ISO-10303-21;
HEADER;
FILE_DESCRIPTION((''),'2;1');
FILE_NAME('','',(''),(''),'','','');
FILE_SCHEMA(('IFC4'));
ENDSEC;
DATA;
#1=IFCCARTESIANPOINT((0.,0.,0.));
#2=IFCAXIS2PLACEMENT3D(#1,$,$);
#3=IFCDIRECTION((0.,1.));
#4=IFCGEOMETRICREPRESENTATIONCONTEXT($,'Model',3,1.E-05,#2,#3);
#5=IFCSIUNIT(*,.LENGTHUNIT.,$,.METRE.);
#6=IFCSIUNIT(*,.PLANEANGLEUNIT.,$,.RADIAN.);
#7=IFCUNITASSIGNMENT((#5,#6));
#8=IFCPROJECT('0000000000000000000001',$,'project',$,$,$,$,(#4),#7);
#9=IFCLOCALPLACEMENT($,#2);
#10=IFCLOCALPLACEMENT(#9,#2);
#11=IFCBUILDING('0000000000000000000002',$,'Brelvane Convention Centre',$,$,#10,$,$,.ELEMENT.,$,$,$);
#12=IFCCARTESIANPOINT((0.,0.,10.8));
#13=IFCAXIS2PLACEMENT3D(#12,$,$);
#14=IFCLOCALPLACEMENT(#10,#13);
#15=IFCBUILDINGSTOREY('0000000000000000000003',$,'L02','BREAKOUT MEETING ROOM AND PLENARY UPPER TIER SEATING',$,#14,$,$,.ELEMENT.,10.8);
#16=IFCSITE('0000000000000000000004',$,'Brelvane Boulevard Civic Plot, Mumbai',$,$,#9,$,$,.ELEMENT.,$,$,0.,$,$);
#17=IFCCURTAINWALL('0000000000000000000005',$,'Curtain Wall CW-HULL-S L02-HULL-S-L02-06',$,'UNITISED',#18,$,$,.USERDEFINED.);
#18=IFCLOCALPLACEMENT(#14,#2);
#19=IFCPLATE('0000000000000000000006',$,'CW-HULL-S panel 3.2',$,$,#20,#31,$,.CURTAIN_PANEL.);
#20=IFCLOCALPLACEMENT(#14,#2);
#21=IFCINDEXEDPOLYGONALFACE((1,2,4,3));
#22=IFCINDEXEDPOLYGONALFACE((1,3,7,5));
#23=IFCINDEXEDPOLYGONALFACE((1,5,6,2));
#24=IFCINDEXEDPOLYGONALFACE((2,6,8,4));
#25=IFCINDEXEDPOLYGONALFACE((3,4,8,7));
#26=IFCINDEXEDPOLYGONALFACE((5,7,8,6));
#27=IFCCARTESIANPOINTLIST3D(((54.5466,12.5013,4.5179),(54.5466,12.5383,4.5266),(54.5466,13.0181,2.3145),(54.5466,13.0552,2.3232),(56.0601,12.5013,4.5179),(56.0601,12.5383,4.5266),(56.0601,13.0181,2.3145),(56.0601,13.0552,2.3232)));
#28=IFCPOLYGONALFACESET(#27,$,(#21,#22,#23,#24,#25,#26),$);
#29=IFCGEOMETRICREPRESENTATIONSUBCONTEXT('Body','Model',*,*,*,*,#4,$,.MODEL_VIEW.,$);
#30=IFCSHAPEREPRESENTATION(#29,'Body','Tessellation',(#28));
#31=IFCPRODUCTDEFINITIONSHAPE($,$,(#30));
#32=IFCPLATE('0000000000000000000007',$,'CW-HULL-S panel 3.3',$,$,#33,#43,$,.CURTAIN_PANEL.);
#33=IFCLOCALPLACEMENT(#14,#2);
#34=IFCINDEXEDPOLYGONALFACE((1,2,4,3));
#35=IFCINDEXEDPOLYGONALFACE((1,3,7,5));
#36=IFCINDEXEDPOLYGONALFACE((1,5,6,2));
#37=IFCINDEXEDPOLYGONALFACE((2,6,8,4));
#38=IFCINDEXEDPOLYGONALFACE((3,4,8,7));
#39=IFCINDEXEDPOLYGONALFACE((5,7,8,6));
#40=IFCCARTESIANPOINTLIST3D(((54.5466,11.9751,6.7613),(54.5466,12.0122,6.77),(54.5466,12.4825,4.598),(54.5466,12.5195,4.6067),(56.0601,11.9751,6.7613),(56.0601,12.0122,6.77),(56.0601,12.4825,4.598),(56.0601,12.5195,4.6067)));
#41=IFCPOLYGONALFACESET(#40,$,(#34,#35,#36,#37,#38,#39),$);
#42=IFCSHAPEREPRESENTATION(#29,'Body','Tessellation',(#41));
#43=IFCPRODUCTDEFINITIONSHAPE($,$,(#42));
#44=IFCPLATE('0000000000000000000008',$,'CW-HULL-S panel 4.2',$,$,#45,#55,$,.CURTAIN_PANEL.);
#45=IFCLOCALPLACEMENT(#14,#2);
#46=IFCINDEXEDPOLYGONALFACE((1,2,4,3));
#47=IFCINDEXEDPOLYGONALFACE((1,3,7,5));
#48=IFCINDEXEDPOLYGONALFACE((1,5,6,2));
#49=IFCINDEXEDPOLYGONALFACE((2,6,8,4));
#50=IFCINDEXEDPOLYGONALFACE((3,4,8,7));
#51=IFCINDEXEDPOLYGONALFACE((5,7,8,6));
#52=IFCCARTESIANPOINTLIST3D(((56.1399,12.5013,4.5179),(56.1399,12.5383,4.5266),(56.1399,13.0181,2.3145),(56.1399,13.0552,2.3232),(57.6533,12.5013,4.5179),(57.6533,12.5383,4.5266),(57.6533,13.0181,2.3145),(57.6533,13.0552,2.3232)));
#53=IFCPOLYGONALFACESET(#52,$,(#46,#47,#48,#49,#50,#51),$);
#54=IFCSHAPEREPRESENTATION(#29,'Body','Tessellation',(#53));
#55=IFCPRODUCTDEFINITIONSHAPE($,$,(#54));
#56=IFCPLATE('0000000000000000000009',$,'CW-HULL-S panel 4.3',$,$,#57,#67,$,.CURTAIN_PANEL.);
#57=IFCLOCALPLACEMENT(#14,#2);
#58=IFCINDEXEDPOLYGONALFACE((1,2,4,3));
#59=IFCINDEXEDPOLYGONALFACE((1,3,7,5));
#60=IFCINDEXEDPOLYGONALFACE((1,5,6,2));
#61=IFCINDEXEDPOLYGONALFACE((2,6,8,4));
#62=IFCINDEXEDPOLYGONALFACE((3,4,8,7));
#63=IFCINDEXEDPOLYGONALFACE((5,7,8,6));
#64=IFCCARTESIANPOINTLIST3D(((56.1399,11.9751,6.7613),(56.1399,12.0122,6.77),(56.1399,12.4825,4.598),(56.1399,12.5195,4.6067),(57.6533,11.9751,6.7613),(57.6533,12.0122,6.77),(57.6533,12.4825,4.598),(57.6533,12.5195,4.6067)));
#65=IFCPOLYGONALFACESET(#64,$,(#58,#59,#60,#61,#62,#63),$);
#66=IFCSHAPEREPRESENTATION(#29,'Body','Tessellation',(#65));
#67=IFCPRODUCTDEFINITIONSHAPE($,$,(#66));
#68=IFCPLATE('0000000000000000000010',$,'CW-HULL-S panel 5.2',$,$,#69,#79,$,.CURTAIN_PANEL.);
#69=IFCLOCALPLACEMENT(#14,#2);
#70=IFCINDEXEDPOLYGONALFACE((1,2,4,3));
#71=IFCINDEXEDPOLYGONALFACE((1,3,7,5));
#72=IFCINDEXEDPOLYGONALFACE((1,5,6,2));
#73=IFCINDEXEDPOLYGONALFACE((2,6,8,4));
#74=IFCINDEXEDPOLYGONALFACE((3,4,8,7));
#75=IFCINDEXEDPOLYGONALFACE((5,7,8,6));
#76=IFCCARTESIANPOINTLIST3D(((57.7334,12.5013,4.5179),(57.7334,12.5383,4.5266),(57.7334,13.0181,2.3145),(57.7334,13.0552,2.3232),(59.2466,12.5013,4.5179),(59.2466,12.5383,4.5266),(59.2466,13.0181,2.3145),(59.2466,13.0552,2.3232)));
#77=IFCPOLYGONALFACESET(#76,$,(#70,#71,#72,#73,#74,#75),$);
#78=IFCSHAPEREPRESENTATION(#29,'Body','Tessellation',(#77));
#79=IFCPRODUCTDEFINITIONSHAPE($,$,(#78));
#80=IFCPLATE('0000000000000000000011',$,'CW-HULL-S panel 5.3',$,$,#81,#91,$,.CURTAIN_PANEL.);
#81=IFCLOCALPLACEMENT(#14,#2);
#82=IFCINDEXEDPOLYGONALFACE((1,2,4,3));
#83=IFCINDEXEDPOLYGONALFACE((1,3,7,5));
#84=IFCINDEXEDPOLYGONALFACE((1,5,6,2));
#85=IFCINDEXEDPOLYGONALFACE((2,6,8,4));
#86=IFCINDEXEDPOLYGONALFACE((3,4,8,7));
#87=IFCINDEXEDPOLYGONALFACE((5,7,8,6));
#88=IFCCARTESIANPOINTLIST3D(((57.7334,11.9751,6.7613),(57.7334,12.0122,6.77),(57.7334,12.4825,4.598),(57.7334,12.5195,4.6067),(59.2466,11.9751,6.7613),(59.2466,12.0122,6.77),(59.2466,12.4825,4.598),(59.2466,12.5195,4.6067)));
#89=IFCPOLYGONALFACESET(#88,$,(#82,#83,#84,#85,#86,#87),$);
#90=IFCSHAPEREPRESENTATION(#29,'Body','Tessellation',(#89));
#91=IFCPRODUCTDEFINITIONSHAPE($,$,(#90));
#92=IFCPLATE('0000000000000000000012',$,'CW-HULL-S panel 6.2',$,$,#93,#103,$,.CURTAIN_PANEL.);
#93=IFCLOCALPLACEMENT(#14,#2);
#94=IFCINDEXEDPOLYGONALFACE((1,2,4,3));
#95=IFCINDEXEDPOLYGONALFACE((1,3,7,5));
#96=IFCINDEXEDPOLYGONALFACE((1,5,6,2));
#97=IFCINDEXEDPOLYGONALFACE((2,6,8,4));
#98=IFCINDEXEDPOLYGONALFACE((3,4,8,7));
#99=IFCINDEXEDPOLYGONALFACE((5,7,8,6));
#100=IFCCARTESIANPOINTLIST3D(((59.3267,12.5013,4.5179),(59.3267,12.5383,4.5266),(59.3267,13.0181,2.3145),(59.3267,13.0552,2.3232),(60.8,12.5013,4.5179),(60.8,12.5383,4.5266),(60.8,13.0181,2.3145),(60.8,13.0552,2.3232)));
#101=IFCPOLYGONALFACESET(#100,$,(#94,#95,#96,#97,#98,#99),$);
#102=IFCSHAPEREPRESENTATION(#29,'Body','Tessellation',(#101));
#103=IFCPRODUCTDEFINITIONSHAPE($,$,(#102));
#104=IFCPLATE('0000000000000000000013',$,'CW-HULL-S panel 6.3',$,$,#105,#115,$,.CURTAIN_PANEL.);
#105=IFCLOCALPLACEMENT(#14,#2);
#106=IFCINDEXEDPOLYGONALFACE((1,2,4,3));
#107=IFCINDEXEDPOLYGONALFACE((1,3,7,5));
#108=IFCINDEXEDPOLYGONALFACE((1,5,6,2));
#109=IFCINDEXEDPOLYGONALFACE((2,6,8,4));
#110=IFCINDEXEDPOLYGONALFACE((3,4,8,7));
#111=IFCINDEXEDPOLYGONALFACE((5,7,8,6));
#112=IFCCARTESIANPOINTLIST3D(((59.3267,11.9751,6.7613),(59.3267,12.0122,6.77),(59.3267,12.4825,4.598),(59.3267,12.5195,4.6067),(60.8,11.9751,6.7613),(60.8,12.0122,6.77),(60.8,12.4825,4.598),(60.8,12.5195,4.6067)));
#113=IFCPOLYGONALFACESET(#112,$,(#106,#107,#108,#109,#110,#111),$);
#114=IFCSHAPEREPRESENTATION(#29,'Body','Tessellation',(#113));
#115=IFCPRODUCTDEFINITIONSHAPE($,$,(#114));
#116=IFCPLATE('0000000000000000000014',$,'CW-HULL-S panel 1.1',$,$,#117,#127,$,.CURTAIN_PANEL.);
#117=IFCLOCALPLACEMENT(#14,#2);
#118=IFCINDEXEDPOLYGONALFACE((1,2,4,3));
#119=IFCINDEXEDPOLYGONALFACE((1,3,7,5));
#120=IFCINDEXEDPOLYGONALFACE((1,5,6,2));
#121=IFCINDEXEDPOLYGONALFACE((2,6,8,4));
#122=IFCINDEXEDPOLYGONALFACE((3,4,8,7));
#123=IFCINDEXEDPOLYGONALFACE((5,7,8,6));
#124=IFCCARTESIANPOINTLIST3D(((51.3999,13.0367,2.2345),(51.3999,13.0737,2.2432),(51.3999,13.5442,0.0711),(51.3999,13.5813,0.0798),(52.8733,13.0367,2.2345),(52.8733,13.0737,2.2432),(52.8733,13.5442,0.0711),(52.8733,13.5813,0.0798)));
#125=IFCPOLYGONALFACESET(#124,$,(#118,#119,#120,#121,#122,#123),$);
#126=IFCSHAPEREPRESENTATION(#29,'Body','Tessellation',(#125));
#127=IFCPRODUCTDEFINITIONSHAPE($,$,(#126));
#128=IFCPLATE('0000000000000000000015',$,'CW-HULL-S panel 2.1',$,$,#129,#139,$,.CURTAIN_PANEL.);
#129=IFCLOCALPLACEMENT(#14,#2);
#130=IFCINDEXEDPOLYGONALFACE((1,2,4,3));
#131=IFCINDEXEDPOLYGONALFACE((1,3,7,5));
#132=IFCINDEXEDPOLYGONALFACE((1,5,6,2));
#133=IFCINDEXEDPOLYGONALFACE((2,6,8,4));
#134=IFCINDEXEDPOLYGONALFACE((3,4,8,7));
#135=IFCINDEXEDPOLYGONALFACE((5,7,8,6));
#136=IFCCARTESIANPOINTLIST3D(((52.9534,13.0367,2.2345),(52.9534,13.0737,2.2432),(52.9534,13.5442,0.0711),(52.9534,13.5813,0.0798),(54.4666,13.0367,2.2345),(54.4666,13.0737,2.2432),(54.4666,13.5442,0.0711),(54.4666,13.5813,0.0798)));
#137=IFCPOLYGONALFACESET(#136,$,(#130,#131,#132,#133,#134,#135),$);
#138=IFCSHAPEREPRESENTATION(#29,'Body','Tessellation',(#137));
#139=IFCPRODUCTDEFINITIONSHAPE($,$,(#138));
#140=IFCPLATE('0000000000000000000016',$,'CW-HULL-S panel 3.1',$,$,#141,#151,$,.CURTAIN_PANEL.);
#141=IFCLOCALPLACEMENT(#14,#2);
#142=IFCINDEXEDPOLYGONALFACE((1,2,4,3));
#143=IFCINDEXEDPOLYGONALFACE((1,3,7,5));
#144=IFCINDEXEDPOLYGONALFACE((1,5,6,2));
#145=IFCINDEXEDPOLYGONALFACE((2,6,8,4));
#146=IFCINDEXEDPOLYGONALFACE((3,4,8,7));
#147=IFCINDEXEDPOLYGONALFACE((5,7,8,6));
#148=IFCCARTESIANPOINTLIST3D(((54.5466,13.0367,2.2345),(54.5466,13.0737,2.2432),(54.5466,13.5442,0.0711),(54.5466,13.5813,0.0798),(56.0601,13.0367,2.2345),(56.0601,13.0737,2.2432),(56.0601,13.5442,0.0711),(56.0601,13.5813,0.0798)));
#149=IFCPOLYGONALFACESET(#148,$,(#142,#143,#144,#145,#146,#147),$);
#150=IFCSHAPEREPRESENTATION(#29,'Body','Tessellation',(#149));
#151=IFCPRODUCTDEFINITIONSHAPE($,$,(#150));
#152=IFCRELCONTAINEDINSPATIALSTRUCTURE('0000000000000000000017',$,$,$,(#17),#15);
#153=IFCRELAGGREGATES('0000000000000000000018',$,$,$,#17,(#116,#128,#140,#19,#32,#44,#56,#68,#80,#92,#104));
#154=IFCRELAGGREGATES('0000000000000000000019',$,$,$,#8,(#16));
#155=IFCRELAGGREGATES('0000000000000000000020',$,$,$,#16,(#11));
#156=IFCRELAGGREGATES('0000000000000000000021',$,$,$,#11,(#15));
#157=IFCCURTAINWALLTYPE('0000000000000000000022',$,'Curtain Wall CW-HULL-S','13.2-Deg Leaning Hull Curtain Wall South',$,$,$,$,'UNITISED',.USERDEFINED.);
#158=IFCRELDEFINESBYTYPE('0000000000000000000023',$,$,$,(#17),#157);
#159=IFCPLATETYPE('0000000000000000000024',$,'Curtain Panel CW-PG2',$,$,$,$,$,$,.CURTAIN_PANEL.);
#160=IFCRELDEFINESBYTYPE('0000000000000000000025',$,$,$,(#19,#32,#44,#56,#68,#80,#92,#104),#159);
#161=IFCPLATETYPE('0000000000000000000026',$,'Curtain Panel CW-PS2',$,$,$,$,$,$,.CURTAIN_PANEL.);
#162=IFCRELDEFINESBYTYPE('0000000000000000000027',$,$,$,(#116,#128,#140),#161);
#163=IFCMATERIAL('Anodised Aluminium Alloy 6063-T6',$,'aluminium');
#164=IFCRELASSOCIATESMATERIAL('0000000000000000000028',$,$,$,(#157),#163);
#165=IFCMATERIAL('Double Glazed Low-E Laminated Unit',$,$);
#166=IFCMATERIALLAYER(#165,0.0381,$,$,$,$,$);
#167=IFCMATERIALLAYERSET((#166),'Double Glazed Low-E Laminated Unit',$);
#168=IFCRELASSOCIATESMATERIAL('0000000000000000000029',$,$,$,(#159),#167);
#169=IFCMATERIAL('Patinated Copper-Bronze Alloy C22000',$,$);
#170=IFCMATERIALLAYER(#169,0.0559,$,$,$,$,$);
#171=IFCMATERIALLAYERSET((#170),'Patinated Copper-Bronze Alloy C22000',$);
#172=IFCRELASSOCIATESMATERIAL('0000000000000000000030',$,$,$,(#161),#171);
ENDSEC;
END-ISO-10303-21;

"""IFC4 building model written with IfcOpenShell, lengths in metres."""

from ifc_helpers import new_model, si_unit, direction, frame, origin, place, context, subcontext, project, spatial, polyline, outline, extrude, material, layer, layer_set, type_object, element, aggregate, save


model = new_model("IFC4")

# Units and contexts
model_context = context("Model", 3, precision=1e-05, world=origin(), true_north=direction((0.0, 1.0)))
body_context = subcontext(model_context, "Body", "Model", "MODEL_VIEW")
ifc_project = project(units=[si_unit("LENGTHUNIT", "METRE"), si_unit("PLANEANGLEUNIT", "RADIAN")], contexts=[model_context])

# Site, building, storey
site_placement = place(None, origin())
site = spatial("IfcSite", under=ifc_project, at=site_placement, Name="Brelvane Boulevard Civic Plot, Mumbai", CompositionType="ELEMENT", RefElevation=0.0)
building_placement = place(site_placement, origin())
building = spatial("IfcBuilding", under=site, at=building_placement, Name="Brelvane Convention Centre", CompositionType="ELEMENT")
storey_placement = place(building_placement, frame((0.0, 0.0, 10.8)))
storey = spatial("IfcBuildingStorey", under=building, at=storey_placement, Name="L02", Description="BREAKOUT MEETING ROOM AND PLENARY UPPER TIER SEATING", CompositionType="ELEMENT", Elevation=10.8)

# Curtain wall, plates
ifc_material_1 = material(Name="Anodised Aluminium Alloy 6063-T6", Category="aluminium")
curtain_wall_type = type_object("IfcCurtainWallType", Name="Curtain Wall CW-HULL-S", Description="13.2-Deg Leaning Hull Curtain Wall South", ElementType="UNITISED", PredefinedType="USERDEFINED", material=ifc_material_1)
curtain_wall_placement = place(storey_placement, origin())
curtain_wall = element("IfcCurtainWall", 1, at=curtain_wall_placement, inside=storey, type_object=curtain_wall_type, Name="Curtain Wall CW-HULL-S L02-HULL-S-L02-06", ObjectType="UNITISED", PredefinedType="USERDEFINED")
ifc_material_2 = material(Name="Double Glazed Low-E Laminated Unit")
ifc_layer_1 = layer(ifc_material_2, 0.0381)
ifc_layer_set_1 = layer_set([ifc_layer_1], Name="Double Glazed Low-E Laminated Unit")
plate_type_1 = type_object("IfcPlateType", Name="Curtain Panel CW-PG2", PredefinedType="CURTAIN_PANEL", material=ifc_layer_set_1)
plate_1_placement = place(storey_placement, frame((54.5466, 13.0552, 2.3232), z_axis=(0.0, 0.973574, 0.228372), x_axis=(1.0, 0.0, 0.0)))
plate_1 = element("IfcPlate", 2, at=plate_1_placement, type_object=plate_type_1, Name="CW-HULL-S panel 3.2", PredefinedType="CURTAIN_PANEL", context=body_context, shape_type="SweptSolid", body=[
    extrude(outline(polyline([(0.0, 0.0), (1.5134, 0.0), (1.5134, -2.2632), (0.0, -2.2632), (0.0, 0.0)])), origin(), (0.0, 0.0, -1.0), 0.0381),
])
plate_2_placement = place(storey_placement, frame((54.5466, 12.5195, 4.6067), z_axis=(0.0, 0.973587, 0.228317), x_axis=(1.0, 0.0, 0.0)))
plate_2 = element("IfcPlate", 3, at=plate_2_placement, type_object=plate_type_1, Name="CW-HULL-S panel 3.3", PredefinedType="CURTAIN_PANEL", context=body_context, shape_type="SweptSolid", body=[
    extrude(outline(polyline([(0.0, 0.0), (1.5134, 0.0), (1.5134, -2.222), (0.0, -2.222), (0.0, 0.0)])), origin(), (0.0, 0.0, -1.0), 0.0381),
])
plate_3_placement = place(storey_placement, frame((56.1399, 13.0552, 2.3232), z_axis=(0.0, 0.973574, 0.228372), x_axis=(1.0, 0.0, 0.0)))
plate_3 = element("IfcPlate", 4, at=plate_3_placement, type_object=plate_type_1, Name="CW-HULL-S panel 4.2", PredefinedType="CURTAIN_PANEL", context=body_context, shape_type="SweptSolid", body=[
    extrude(outline(polyline([(0.0, 0.0), (1.5134, 0.0), (1.5134, -2.2632), (0.0, -2.2632), (0.0, 0.0)])), origin(), (0.0, 0.0, -1.0), 0.0381),
])
plate_4_placement = place(storey_placement, frame((56.1399, 12.5195, 4.6067), z_axis=(0.0, 0.973587, 0.228317), x_axis=(1.0, 0.0, 0.0)))
plate_4 = element("IfcPlate", 5, at=plate_4_placement, type_object=plate_type_1, Name="CW-HULL-S panel 4.3", PredefinedType="CURTAIN_PANEL", context=body_context, shape_type="SweptSolid", body=[
    extrude(outline(polyline([(0.0, 0.0), (1.5134, 0.0), (1.5134, -2.222), (0.0, -2.222), (0.0, 0.0)])), origin(), (0.0, 0.0, -1.0), 0.0381),
])
plate_5_placement = place(storey_placement, frame((57.7334, 13.0552, 2.3232), z_axis=(0.0, 0.973574, 0.228372), x_axis=(1.0, 0.0, 0.0)))
plate_5 = element("IfcPlate", 6, at=plate_5_placement, type_object=plate_type_1, Name="CW-HULL-S panel 5.2", PredefinedType="CURTAIN_PANEL", context=body_context, shape_type="SweptSolid", body=[
    extrude(outline(polyline([(0.0, 0.0), (1.5132, 0.0), (1.5132, -2.2632), (0.0, -2.2632), (0.0, 0.0)])), origin(), (0.0, 0.0, -1.0), 0.0381),
])
plate_6_placement = place(storey_placement, frame((57.7334, 12.5195, 4.6067), z_axis=(0.0, 0.973587, 0.228317), x_axis=(1.0, 0.0, 0.0)))
plate_6 = element("IfcPlate", 7, at=plate_6_placement, type_object=plate_type_1, Name="CW-HULL-S panel 5.3", PredefinedType="CURTAIN_PANEL", context=body_context, shape_type="SweptSolid", body=[
    extrude(outline(polyline([(0.0, 0.0), (1.5132, 0.0), (1.5132, -2.222), (0.0, -2.222), (0.0, 0.0)])), origin(), (0.0, 0.0, -1.0), 0.0381),
])
plate_7_placement = place(storey_placement, frame((59.3267, 13.0552, 2.3232), z_axis=(0.0, 0.973574, 0.228372), x_axis=(1.0, 0.0, 0.0)))
plate_7 = element("IfcPlate", 8, at=plate_7_placement, type_object=plate_type_1, Name="CW-HULL-S panel 6.2", PredefinedType="CURTAIN_PANEL", context=body_context, shape_type="SweptSolid", body=[
    extrude(outline(polyline([(0.0, 0.0), (1.4734, 0.0), (1.4734, -2.2632), (0.0, -2.2632), (0.0, 0.0)])), origin(), (0.0, 0.0, -1.0), 0.0381),
])
plate_8_placement = place(storey_placement, frame((59.3267, 12.5195, 4.6067), z_axis=(0.0, 0.973587, 0.228317), x_axis=(1.0, 0.0, 0.0)))
plate_8 = element("IfcPlate", 9, at=plate_8_placement, type_object=plate_type_1, Name="CW-HULL-S panel 6.3", PredefinedType="CURTAIN_PANEL", context=body_context, shape_type="SweptSolid", body=[
    extrude(outline(polyline([(0.0, 0.0), (1.4734, 0.0), (1.4734, -2.222), (0.0, -2.222), (0.0, 0.0)])), origin(), (0.0, 0.0, -1.0), 0.0381),
])
ifc_material_3 = material(Name="Patinated Copper-Bronze Alloy C22000")
ifc_layer_2 = layer(ifc_material_3, 0.0559)
ifc_layer_set_2 = layer_set([ifc_layer_2], Name="Patinated Copper-Bronze Alloy C22000")
plate_type_2 = type_object("IfcPlateType", Name="Curtain Panel CW-PS2", PredefinedType="CURTAIN_PANEL", material=ifc_layer_set_2)
plate_9_placement = place(storey_placement, frame((51.3999, 13.5813, 0.0798), z_axis=(0.0, 0.973563, 0.228421), x_axis=(1.0, 0.0, 0.0)))
plate_9 = element("IfcPlate", 10, at=plate_9_placement, type_object=plate_type_2, Name="CW-HULL-S panel 1.1", PredefinedType="CURTAIN_PANEL", context=body_context, shape_type="SweptSolid", body=[
    extrude(outline(polyline([(0.0, 0.0), (1.4734, 0.0), (1.4734, -2.2221), (0.0, -2.2221), (0.0, 0.0)])), origin(), (0.0, 0.0, -1.0), 0.0381),
])
plate_10_placement = place(storey_placement, frame((52.9534, 13.5813, 0.0798), z_axis=(0.0, 0.973563, 0.228421), x_axis=(1.0, 0.0, 0.0)))
plate_10 = element("IfcPlate", 11, at=plate_10_placement, type_object=plate_type_2, Name="CW-HULL-S panel 2.1", PredefinedType="CURTAIN_PANEL", context=body_context, shape_type="SweptSolid", body=[
    extrude(outline(polyline([(0.0, 0.0), (1.5132, 0.0), (1.5132, -2.2221), (0.0, -2.2221), (0.0, 0.0)])), origin(), (0.0, 0.0, -1.0), 0.0381),
])
plate_11_placement = place(storey_placement, frame((54.5466, 13.5813, 0.0798), z_axis=(0.0, 0.973563, 0.228421), x_axis=(1.0, 0.0, 0.0)))
plate_11 = element("IfcPlate", 12, at=plate_11_placement, type_object=plate_type_2, Name="CW-HULL-S panel 3.1", PredefinedType="CURTAIN_PANEL", context=body_context, shape_type="SweptSolid", body=[
    extrude(outline(polyline([(0.0, 0.0), (1.5134, 0.0), (1.5134, -2.2221), (0.0, -2.2221), (0.0, 0.0)])), origin(), (0.0, 0.0, -1.0), 0.0381),
])
aggregate(curtain_wall, [plate_9, plate_10, plate_11, plate_1, plate_2, plate_3, plate_4, plate_5, plate_6, plate_7, plate_8])

save(model, "model.ifc")
